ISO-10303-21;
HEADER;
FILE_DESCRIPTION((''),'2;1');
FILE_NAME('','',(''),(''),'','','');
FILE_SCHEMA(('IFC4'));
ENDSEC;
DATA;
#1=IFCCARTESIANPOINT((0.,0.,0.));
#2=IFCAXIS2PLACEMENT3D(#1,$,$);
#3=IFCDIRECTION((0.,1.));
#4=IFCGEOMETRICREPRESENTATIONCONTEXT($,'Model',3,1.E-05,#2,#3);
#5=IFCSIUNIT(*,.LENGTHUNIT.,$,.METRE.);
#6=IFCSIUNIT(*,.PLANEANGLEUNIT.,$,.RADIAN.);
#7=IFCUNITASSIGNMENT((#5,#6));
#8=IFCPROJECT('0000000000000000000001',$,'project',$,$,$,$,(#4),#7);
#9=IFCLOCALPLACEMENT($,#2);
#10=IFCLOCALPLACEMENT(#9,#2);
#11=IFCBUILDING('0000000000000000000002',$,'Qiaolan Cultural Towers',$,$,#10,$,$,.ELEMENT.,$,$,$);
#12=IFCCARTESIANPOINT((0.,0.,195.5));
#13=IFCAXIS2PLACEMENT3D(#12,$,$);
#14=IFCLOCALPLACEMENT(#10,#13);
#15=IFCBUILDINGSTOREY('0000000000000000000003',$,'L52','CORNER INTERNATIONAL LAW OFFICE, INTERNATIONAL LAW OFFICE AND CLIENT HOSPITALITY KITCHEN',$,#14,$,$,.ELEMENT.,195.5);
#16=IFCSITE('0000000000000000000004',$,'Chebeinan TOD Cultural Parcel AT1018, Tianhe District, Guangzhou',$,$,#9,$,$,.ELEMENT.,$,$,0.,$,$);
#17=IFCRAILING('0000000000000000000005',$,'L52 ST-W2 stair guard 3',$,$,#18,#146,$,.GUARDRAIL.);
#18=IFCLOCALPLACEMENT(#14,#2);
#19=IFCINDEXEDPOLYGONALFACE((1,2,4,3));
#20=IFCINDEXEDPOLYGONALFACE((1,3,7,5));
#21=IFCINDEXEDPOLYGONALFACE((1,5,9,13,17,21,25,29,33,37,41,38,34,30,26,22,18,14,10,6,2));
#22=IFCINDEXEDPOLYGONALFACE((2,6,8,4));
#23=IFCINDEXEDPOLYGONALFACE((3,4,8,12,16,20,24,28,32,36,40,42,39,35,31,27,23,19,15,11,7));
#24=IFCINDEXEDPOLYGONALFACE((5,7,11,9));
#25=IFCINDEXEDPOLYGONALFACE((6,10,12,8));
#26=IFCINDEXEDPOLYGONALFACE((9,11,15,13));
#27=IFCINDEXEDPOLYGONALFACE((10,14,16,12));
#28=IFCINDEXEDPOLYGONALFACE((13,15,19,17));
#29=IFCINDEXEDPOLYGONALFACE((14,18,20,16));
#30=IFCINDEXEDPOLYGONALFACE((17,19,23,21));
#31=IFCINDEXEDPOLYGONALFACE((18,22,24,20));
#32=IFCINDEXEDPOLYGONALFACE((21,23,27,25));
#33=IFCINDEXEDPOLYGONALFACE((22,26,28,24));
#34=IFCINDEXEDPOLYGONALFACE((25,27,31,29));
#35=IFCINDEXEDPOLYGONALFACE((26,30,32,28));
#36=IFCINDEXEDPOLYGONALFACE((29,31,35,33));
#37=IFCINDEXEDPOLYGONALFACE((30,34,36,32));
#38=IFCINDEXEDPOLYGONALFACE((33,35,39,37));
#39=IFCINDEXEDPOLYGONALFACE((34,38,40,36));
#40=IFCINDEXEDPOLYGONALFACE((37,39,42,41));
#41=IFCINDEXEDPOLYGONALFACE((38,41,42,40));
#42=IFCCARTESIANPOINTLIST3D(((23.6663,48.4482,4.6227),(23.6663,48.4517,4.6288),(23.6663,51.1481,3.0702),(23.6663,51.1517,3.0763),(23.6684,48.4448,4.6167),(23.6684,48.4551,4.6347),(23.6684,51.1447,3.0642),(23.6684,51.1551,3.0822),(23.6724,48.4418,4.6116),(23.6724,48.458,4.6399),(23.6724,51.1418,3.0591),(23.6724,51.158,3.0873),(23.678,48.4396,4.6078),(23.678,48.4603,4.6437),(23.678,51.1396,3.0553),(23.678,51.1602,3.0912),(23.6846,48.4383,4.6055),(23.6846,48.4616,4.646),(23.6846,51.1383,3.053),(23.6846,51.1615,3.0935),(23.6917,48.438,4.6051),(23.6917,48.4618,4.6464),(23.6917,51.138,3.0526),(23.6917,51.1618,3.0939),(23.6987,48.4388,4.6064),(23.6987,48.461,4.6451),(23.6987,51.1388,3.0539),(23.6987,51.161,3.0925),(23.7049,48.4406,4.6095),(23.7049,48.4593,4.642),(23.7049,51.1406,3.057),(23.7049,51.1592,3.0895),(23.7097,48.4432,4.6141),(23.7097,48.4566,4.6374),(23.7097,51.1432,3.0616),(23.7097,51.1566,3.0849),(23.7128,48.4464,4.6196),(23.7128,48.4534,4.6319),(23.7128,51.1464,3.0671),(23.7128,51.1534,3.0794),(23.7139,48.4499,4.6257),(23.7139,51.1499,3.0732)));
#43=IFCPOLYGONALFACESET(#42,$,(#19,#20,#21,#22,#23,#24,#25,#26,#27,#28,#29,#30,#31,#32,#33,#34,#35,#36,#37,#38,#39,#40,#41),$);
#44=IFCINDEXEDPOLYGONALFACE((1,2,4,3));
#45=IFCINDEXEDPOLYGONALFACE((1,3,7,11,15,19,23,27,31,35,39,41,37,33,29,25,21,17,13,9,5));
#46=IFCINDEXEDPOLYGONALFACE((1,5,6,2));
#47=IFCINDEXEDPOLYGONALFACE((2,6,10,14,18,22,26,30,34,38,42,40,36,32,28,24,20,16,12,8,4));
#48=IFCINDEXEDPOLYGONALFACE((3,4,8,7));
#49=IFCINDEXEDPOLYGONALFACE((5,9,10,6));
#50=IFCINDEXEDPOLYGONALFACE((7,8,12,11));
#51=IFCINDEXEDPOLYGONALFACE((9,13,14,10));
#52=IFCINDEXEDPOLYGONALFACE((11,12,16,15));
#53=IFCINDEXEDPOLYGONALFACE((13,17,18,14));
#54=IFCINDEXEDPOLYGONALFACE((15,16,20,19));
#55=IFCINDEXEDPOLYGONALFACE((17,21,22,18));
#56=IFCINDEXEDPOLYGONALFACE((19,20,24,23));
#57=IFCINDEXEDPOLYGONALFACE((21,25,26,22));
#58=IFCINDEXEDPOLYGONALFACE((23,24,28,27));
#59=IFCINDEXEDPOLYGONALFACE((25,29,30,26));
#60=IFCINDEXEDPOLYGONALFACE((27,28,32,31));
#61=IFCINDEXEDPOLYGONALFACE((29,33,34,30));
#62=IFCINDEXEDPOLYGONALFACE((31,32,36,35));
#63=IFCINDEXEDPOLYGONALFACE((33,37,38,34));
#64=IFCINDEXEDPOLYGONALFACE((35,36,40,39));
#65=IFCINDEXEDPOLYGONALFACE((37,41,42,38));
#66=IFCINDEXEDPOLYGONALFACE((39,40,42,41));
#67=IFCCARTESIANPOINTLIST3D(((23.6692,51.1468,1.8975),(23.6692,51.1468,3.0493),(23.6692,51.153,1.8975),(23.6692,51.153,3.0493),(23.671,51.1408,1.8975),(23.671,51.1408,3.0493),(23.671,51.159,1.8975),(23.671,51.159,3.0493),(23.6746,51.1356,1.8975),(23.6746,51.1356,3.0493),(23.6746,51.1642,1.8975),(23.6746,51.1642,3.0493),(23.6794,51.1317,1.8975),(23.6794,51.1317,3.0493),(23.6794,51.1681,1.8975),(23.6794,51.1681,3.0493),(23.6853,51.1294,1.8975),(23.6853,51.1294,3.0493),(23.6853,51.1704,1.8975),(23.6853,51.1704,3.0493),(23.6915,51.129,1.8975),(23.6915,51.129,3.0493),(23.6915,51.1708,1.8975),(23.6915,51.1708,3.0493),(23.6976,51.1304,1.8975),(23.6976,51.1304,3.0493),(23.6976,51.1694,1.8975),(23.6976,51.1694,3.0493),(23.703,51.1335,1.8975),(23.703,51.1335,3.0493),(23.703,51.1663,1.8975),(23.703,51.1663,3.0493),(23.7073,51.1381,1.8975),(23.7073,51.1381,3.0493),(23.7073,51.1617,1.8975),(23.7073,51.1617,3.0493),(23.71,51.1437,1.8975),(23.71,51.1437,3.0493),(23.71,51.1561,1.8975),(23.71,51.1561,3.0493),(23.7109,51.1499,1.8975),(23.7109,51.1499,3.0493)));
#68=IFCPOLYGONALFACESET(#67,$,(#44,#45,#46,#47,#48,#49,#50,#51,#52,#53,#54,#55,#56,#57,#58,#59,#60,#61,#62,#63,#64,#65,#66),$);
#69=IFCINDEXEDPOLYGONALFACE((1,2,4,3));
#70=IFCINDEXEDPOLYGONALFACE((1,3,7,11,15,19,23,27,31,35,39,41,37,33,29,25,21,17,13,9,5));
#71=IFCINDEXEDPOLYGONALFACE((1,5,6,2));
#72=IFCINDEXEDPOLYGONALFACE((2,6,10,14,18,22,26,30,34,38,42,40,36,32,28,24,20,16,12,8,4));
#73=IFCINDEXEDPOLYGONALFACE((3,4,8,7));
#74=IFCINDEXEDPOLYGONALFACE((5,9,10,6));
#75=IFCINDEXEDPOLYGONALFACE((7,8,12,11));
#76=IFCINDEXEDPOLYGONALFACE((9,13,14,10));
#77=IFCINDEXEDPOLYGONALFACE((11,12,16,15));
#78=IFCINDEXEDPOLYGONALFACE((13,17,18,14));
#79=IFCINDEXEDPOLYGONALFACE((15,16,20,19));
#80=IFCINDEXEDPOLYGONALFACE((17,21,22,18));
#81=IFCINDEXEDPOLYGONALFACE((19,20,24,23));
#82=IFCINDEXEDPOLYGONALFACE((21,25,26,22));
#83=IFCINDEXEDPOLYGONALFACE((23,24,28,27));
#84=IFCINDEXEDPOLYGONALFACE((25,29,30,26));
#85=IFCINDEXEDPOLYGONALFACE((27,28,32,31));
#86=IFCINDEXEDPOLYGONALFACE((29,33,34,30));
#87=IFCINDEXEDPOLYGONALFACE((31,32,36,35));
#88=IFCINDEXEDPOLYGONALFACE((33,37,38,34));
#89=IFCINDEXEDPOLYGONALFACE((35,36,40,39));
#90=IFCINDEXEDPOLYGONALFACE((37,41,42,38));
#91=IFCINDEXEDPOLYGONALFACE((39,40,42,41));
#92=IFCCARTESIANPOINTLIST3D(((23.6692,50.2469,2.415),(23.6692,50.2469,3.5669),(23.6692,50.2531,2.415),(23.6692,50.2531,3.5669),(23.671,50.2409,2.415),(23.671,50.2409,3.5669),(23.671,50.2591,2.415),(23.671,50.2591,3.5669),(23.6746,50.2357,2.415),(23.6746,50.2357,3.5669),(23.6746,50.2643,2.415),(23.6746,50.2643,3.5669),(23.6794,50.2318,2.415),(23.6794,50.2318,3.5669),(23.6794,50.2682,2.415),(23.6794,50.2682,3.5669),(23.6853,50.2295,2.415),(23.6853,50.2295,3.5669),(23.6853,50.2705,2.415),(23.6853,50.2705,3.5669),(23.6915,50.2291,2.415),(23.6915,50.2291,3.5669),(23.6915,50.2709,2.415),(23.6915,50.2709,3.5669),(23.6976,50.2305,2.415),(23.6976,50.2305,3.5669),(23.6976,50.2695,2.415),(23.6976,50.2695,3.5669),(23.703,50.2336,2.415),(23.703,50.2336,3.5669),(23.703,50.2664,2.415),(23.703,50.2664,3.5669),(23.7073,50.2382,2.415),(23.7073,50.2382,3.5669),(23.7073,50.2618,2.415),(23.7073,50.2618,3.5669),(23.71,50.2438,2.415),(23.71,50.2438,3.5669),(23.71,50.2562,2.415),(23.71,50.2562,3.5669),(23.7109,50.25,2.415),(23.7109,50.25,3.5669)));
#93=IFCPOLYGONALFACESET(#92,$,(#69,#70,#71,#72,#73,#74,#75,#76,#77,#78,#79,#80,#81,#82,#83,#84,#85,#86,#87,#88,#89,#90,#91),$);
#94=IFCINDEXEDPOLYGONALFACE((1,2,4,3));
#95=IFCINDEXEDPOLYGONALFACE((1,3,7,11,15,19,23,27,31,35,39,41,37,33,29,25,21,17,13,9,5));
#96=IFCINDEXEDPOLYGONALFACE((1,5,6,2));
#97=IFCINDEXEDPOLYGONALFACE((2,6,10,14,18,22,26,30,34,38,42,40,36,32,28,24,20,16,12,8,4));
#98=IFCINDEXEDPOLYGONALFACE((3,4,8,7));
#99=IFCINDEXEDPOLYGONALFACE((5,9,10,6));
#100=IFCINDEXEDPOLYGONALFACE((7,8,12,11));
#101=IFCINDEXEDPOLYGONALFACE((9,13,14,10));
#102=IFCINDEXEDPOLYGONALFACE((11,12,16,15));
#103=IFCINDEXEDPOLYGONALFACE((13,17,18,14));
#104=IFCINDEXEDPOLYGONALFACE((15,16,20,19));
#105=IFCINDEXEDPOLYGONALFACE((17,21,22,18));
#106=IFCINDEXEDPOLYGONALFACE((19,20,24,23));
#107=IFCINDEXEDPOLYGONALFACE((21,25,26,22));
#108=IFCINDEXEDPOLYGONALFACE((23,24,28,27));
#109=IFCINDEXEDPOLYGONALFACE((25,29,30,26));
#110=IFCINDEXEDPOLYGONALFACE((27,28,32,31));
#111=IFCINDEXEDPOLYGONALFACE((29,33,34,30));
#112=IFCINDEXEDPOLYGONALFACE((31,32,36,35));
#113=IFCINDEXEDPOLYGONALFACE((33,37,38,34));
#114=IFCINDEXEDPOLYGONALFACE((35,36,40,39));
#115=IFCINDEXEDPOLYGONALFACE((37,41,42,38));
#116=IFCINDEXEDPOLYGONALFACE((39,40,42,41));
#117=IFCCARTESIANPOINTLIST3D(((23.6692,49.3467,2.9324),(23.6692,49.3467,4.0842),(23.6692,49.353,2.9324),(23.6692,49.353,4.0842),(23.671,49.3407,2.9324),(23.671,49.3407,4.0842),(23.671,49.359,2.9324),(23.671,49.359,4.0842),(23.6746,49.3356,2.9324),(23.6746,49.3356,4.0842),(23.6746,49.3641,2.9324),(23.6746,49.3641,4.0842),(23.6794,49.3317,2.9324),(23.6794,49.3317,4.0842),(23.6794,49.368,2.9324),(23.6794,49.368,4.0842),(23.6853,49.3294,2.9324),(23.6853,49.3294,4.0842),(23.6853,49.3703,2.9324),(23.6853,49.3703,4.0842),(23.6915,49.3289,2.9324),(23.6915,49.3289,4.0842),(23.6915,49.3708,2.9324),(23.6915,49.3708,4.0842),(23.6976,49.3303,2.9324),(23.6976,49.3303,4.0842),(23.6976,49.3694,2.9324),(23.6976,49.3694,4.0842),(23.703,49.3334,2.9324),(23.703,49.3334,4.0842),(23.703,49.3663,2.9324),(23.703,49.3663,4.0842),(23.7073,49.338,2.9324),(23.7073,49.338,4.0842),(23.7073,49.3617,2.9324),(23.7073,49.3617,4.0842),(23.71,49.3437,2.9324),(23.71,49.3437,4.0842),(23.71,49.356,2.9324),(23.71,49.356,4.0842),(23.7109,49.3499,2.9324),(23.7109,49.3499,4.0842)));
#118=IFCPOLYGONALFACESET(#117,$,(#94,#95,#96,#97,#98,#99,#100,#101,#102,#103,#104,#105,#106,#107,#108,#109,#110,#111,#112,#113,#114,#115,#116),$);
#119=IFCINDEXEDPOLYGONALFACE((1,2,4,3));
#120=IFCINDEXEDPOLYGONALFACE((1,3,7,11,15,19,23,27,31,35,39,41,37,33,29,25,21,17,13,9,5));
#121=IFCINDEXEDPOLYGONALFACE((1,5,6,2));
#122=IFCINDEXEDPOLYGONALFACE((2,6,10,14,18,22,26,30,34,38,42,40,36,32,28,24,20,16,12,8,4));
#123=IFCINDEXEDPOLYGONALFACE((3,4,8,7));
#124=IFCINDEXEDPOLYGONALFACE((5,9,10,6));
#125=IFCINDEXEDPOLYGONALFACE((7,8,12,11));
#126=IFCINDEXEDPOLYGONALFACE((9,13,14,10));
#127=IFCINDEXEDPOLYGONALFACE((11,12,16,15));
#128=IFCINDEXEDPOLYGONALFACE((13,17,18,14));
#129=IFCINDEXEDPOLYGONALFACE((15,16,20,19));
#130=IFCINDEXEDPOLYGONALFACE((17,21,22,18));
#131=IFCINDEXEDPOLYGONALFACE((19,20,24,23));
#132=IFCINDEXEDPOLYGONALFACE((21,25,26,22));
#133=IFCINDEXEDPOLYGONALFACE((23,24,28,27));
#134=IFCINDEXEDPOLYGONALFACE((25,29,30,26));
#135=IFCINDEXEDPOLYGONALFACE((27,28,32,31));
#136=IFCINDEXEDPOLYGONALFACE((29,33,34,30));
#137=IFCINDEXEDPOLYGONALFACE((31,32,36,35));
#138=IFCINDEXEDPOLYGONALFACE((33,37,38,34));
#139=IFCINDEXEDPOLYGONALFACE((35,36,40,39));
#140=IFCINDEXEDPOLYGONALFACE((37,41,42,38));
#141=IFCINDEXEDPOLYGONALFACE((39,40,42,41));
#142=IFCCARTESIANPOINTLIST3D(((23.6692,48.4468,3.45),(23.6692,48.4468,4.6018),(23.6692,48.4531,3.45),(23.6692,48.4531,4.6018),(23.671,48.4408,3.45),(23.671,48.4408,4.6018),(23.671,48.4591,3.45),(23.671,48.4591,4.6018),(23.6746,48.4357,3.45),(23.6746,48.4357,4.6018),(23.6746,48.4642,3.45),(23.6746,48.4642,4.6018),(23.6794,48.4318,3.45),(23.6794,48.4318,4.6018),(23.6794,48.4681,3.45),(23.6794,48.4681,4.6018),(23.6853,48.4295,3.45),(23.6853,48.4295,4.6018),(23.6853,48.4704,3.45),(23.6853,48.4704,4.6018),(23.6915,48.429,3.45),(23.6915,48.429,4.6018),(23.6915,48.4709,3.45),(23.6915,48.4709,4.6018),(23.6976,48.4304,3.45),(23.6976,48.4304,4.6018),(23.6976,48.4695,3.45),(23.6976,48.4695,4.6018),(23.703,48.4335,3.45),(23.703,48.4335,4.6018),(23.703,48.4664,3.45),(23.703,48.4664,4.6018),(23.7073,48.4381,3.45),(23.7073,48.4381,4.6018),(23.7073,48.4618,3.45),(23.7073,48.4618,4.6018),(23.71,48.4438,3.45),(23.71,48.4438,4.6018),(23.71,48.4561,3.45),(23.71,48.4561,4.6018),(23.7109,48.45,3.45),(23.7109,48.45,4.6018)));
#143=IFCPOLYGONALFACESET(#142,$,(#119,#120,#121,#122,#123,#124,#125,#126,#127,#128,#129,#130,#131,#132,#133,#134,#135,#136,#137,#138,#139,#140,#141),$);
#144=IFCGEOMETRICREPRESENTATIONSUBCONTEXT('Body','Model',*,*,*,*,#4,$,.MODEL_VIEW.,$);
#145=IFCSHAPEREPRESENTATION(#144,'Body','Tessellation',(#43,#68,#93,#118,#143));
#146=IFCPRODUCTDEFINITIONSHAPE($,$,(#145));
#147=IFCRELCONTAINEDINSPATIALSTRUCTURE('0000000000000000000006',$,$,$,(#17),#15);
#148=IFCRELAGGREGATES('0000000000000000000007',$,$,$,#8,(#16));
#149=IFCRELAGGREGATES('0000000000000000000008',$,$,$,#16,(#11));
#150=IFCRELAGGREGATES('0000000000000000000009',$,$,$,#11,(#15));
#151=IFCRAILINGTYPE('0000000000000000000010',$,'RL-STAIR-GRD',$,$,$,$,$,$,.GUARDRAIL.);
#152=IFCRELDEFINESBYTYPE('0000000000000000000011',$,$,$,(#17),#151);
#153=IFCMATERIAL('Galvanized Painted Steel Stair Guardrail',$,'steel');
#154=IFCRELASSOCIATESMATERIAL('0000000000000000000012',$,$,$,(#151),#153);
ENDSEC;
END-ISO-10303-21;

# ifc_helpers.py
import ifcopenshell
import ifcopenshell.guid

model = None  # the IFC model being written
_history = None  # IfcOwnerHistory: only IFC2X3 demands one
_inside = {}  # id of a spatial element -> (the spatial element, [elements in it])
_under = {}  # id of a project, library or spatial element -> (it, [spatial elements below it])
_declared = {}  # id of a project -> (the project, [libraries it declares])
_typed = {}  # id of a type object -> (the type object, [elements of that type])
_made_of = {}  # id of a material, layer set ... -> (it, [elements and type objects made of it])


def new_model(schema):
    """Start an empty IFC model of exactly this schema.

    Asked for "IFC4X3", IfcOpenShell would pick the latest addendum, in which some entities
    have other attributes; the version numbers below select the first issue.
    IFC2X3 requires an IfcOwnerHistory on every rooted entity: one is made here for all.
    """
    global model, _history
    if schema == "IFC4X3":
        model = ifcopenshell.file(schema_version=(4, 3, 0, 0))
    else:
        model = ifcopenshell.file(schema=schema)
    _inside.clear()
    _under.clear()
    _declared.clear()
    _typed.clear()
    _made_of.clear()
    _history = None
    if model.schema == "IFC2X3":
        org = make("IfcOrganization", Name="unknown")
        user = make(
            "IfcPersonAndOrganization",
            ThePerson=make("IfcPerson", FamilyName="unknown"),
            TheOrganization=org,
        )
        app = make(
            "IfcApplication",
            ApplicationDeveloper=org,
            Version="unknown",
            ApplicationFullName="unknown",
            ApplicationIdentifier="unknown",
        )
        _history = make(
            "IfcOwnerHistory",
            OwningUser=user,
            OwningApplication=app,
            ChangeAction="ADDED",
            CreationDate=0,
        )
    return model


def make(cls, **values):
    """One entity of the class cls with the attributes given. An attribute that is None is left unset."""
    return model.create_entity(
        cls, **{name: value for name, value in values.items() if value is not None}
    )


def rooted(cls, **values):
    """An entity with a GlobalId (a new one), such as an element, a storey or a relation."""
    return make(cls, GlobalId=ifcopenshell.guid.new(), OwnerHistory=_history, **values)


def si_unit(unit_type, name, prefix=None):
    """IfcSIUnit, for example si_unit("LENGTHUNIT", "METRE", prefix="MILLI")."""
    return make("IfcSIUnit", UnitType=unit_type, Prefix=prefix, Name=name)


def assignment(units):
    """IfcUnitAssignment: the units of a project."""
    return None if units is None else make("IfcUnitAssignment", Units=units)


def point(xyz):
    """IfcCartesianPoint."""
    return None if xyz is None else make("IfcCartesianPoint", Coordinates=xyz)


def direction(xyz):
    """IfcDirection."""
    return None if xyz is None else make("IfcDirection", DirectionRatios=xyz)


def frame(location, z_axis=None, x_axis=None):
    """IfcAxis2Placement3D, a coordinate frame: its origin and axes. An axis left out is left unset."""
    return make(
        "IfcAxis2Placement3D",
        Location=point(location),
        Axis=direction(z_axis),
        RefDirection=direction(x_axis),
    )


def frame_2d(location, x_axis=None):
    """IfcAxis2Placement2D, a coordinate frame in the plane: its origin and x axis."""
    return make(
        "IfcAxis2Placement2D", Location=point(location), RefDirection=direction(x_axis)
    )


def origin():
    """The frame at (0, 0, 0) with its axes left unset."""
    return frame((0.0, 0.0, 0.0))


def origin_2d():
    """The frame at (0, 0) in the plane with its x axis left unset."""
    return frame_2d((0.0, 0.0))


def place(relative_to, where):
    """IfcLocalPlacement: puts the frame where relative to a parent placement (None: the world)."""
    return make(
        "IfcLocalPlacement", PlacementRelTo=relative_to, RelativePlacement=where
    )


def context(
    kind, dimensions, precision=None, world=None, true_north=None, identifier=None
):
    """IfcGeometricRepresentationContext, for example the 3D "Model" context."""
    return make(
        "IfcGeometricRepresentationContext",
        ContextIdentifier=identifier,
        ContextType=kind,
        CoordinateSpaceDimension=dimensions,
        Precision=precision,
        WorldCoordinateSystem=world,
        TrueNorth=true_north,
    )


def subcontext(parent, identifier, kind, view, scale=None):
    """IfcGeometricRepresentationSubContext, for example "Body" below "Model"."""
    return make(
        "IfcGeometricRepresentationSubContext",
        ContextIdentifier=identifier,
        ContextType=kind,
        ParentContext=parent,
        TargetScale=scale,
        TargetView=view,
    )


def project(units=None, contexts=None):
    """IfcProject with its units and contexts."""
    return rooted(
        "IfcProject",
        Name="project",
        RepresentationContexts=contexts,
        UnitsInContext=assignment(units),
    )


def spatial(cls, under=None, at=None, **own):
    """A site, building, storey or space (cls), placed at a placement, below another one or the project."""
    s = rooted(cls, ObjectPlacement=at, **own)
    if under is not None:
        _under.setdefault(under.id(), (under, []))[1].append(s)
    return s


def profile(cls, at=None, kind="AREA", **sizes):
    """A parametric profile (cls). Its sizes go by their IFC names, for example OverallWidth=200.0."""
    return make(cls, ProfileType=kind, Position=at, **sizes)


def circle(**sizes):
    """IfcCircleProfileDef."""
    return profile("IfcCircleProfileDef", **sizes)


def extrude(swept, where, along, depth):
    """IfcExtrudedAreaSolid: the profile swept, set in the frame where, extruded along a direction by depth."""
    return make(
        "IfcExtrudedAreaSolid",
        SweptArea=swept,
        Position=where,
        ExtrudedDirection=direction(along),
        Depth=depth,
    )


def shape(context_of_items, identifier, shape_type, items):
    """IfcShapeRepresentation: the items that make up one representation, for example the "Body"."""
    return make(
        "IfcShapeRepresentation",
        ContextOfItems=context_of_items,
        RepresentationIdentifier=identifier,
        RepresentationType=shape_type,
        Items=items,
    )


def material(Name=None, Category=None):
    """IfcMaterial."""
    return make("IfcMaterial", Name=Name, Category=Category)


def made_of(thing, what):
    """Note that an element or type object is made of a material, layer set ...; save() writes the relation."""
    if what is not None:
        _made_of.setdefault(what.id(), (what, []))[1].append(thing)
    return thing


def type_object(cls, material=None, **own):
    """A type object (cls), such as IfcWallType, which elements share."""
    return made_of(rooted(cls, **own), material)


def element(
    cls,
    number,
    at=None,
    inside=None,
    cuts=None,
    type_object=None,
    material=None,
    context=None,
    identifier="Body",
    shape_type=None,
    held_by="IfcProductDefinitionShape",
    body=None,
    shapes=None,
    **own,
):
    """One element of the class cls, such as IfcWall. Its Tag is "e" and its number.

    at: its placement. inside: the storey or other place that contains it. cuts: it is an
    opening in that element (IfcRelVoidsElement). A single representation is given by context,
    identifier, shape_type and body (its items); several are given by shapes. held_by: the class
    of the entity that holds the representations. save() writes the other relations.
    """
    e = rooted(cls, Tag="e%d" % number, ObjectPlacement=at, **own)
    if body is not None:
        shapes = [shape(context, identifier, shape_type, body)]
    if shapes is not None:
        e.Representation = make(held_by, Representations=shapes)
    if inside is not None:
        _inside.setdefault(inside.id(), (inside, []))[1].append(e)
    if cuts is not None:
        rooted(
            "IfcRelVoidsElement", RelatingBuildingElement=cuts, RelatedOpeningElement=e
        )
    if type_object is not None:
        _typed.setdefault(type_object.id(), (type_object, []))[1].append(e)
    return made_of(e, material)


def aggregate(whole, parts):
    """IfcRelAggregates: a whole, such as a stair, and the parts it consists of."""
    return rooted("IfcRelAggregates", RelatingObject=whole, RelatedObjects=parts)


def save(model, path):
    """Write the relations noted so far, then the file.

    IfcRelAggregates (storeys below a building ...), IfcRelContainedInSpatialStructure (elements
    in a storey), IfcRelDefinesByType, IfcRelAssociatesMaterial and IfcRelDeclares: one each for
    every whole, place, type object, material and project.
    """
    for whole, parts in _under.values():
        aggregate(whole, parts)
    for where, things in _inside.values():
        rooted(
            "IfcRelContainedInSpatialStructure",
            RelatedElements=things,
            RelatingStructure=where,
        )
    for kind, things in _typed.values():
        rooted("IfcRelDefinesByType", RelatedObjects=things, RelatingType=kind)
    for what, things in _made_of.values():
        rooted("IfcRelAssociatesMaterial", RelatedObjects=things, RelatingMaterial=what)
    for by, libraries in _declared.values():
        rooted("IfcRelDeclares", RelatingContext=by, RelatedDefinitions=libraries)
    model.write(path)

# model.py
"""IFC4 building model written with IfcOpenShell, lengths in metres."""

from ifc_helpers import new_model, si_unit, direction, frame, origin, origin_2d, place, context, subcontext, project, spatial, circle, extrude, material, type_object, element, save


model = new_model("IFC4")

# Units and contexts
model_context = context("Model", 3, precision=1e-05, world=origin(), true_north=direction((0.0, 1.0)))
body_context = subcontext(model_context, "Body", "Model", "MODEL_VIEW")
ifc_project = project(units=[si_unit("LENGTHUNIT", "METRE"), si_unit("PLANEANGLEUNIT", "RADIAN")], contexts=[model_context])

# Site, building, storey
site_placement = place(None, origin())
site = spatial("IfcSite", under=ifc_project, at=site_placement, Name="Chebeinan TOD Cultural Parcel AT1018, Tianhe District, Guangzhou", CompositionType="ELEMENT", RefElevation=0.0)
building_placement = place(site_placement, origin())
building = spatial("IfcBuilding", under=site, at=building_placement, Name="Qiaolan Cultural Towers", CompositionType="ELEMENT")
storey_placement = place(building_placement, frame((0.0, 0.0, 195.5)))
storey = spatial("IfcBuildingStorey", under=building, at=storey_placement, Name="L52", Description="CORNER INTERNATIONAL LAW OFFICE, INTERNATIONAL LAW OFFICE AND CLIENT HOSPITALITY KITCHEN", CompositionType="ELEMENT", Elevation=195.5)

# Railing
ifc_material_1 = material(Name="Galvanized Painted Steel Stair Guardrail", Category="steel")
railing_type_1 = type_object("IfcRailingType", Name="RL-STAIR-GRD", PredefinedType="GUARDRAIL", material=ifc_material_1)
railing_1_placement = place(storey_placement, frame((23.6899, 51.1499, 1.8975)))
element("IfcRailing", 1, at=railing_1_placement, inside=storey, type_object=railing_type_1, Name="L52 ST-W2 stair guard 3", PredefinedType="GUARDRAIL", context=body_context, shape_type="SweptSolid", body=[
    extrude(circle(Radius=0.0239, at=origin_2d()), frame((0.0, 0.0, 1.1758), z_axis=(0.0, -0.866904, 0.498476), x_axis=(1.0, 0.0, 0.0)), (0.0, 0.0, 1.0), 3.1145),
    extrude(circle(Radius=0.021, at=origin_2d()), origin(), (0.0, 0.0, 1.0), 1.1519),
    extrude(circle(Radius=0.021, at=origin_2d()), frame((0.0, -0.8999, 0.5176)), (0.0, 0.0, 1.0), 1.1519),
    extrude(circle(Radius=0.021, at=origin_2d()), frame((0.0, -1.8, 1.0349)), (0.0, 0.0, 1.0), 1.1519),
    extrude(circle(Radius=0.021, at=origin_2d()), frame((0.0, -2.7, 1.5525)), (0.0, 0.0, 1.0), 1.1519),
])

save(model, "model.ifc")
